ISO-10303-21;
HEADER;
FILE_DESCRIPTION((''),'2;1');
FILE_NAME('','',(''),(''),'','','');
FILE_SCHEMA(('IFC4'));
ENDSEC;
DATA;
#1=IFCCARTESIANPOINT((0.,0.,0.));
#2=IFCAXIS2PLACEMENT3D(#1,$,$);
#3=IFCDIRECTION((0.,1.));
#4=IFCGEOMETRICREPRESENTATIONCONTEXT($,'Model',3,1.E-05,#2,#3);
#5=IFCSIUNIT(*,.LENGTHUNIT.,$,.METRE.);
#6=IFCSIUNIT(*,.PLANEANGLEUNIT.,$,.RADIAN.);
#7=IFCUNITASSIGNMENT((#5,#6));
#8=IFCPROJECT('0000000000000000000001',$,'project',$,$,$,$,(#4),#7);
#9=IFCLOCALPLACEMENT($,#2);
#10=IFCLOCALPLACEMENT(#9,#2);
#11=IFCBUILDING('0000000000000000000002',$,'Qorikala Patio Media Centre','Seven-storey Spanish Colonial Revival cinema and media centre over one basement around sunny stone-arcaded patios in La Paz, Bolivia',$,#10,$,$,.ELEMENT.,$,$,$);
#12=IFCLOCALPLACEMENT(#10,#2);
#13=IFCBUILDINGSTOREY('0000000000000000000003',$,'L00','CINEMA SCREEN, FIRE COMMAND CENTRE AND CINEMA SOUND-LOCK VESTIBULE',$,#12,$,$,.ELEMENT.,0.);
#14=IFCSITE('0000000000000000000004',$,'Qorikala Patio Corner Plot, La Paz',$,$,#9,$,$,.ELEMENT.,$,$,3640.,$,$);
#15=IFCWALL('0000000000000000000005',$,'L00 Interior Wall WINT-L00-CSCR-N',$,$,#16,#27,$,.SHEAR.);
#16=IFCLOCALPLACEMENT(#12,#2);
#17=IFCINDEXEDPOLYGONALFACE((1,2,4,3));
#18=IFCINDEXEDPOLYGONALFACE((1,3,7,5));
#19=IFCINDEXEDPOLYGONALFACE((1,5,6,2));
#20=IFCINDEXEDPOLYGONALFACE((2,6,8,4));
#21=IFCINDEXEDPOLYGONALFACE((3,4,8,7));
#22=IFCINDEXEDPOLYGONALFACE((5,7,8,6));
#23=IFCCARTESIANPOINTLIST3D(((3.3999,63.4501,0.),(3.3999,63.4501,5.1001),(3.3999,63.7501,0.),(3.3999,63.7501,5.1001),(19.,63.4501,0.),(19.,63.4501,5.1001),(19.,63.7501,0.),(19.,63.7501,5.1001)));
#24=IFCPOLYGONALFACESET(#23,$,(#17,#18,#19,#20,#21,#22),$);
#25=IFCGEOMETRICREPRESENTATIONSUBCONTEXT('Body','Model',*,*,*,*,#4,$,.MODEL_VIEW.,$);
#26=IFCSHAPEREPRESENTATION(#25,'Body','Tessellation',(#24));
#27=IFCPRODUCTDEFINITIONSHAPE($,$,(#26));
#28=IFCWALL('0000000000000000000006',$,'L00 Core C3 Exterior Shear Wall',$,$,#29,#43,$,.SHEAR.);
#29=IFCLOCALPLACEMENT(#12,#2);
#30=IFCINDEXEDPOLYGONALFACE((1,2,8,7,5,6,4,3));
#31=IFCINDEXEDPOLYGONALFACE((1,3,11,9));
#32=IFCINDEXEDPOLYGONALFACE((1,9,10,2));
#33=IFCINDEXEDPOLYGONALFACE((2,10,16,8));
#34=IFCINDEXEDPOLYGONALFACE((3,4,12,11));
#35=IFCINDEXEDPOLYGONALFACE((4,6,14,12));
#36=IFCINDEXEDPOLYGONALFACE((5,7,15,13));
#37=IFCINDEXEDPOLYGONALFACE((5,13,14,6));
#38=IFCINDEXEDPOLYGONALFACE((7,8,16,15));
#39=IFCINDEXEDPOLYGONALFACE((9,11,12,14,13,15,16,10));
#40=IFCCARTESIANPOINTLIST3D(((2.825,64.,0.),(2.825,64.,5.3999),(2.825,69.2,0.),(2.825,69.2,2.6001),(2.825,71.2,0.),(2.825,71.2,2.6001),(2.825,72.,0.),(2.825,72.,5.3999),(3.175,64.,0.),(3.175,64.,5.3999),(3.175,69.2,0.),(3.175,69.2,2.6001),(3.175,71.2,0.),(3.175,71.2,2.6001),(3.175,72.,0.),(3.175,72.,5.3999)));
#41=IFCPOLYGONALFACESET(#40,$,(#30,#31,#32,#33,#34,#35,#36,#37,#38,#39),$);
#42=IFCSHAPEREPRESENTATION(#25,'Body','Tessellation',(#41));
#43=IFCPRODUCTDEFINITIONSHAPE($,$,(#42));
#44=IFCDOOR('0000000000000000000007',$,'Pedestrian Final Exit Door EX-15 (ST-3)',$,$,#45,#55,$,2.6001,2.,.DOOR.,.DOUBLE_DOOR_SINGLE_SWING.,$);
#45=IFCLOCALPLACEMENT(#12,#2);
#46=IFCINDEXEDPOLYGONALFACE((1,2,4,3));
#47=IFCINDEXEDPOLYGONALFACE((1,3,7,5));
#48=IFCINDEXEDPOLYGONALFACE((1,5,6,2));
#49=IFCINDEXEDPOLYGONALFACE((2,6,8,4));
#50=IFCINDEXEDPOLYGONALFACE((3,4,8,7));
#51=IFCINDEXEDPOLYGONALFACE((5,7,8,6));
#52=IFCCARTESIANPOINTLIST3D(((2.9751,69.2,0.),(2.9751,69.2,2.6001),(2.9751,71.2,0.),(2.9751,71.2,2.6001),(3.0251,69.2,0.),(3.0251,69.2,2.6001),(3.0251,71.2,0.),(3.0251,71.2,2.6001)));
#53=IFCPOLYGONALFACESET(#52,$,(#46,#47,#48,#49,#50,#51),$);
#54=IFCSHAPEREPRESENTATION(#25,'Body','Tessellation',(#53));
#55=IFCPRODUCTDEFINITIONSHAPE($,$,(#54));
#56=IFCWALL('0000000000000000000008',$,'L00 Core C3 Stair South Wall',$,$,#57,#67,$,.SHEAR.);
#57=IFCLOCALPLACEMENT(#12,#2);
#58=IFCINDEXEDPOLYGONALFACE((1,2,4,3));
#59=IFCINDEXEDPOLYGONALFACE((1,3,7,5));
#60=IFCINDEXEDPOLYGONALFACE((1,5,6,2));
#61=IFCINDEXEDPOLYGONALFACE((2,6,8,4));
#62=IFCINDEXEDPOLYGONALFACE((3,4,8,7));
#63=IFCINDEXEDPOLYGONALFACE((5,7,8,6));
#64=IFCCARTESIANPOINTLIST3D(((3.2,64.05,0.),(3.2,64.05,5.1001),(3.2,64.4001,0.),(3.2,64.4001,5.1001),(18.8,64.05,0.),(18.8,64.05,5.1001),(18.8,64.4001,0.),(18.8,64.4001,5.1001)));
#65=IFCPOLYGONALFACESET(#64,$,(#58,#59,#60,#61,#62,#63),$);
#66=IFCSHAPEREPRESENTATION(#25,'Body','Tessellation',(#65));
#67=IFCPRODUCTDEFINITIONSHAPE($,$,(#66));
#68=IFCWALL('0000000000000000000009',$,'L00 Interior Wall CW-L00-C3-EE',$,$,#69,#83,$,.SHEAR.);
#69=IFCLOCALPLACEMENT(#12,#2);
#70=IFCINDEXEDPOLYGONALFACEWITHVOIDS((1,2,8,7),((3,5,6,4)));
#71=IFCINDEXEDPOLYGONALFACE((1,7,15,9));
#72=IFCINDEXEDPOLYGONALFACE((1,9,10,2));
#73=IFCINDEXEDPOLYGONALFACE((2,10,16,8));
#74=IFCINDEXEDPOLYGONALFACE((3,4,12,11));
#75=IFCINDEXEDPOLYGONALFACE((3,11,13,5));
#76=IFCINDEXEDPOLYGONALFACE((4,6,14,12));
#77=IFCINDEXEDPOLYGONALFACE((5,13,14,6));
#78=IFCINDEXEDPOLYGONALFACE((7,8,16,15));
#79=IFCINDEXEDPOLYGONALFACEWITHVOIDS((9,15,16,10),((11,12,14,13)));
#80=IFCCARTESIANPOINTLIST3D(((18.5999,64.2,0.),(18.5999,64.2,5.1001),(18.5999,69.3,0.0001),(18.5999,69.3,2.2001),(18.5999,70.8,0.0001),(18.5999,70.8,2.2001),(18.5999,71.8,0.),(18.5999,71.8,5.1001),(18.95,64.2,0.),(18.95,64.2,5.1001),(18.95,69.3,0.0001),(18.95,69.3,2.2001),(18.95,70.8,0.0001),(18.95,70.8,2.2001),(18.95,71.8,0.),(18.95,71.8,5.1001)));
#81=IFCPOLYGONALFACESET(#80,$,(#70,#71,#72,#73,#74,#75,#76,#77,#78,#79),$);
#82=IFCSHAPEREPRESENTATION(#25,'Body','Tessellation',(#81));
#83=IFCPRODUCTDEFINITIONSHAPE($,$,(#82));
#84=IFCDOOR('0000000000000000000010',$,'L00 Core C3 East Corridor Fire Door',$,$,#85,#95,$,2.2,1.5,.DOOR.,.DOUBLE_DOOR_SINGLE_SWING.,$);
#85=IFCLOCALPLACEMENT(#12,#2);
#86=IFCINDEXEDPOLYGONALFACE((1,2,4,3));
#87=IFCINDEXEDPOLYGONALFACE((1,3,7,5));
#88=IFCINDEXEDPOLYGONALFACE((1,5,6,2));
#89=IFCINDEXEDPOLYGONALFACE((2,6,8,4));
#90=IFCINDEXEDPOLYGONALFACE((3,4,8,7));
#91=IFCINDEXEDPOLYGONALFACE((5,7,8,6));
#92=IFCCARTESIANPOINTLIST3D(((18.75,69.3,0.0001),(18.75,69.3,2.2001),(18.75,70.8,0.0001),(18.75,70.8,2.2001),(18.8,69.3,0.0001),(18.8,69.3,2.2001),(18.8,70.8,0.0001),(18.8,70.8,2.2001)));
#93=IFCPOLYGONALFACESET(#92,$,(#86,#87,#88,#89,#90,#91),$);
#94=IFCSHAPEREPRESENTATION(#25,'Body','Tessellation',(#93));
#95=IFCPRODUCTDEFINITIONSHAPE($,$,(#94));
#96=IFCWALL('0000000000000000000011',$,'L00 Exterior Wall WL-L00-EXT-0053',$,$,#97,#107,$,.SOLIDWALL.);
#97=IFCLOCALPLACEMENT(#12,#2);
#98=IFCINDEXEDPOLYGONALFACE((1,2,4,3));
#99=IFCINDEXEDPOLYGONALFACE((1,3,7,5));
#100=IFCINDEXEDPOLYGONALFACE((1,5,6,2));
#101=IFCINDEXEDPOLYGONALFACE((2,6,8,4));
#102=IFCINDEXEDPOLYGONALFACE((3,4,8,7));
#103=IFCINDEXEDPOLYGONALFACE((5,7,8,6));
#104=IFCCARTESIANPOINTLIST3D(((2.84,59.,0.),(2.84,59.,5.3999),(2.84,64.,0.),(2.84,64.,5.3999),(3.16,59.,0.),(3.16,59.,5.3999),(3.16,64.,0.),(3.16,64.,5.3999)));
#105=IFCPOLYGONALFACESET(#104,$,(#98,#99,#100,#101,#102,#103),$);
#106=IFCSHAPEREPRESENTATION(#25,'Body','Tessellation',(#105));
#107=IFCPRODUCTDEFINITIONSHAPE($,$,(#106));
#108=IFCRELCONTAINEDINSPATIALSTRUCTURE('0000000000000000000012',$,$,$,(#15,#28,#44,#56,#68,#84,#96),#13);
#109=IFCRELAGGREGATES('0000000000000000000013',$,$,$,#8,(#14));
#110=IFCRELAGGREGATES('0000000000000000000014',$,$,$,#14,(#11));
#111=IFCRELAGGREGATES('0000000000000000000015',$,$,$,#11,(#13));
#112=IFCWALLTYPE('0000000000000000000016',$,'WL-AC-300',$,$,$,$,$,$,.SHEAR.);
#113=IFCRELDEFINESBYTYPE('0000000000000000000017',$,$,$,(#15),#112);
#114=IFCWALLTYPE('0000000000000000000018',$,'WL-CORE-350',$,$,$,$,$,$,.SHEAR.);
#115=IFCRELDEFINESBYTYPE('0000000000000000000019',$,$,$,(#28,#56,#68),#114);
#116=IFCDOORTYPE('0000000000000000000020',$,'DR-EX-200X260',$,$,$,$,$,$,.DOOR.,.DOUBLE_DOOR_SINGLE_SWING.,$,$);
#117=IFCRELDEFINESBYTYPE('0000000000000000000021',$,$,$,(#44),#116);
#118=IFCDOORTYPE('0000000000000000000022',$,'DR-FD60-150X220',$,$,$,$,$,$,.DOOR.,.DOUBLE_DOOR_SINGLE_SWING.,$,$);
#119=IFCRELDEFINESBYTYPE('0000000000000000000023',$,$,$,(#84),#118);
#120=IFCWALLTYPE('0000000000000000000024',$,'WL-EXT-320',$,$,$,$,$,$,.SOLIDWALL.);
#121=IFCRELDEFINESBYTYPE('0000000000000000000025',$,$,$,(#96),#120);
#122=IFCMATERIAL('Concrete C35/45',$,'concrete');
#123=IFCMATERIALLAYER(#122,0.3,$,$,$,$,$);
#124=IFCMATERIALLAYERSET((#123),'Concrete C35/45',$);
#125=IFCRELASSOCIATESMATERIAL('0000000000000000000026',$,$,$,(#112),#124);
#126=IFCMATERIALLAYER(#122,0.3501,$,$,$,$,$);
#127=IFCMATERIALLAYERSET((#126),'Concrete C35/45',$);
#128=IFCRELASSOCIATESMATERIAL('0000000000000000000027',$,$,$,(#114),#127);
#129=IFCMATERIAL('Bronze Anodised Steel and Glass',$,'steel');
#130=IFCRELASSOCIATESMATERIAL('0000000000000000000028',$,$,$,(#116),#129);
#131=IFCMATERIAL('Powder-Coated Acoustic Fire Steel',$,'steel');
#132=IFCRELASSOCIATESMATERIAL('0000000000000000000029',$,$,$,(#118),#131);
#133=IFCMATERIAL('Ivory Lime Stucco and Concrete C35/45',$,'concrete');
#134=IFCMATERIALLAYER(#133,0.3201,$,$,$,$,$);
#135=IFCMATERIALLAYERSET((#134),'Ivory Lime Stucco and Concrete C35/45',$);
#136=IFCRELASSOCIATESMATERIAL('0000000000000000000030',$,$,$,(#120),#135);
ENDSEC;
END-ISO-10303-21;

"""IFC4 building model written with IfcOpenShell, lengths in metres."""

from ifc_helpers import new_model, si_unit, direction, frame, frame_2d, origin, place, context, subcontext, project, spatial, rectangle, extrude, material, layer, layer_set, type_object, element, fill, save


model = new_model("IFC4")

# Units and contexts
model_context = context("Model", 3, precision=1e-05, world=origin(), true_north=direction((0.0, 1.0)))
body_context = subcontext(model_context, "Body", "Model", "MODEL_VIEW")
ifc_project = project(units=[si_unit("LENGTHUNIT", "METRE"), si_unit("PLANEANGLEUNIT", "RADIAN")], contexts=[model_context])

# Site, building, storey
site_placement = place(None, origin())
site = spatial("IfcSite", under=ifc_project, at=site_placement, Name="Qorikala Patio Corner Plot, La Paz", CompositionType="ELEMENT", RefElevation=3640.0)
building_placement = place(site_placement, origin())
building = spatial("IfcBuilding", under=site, at=building_placement, Name="Qorikala Patio Media Centre", Description="Seven-storey Spanish Colonial Revival cinema and media centre over one basement around sunny stone-arcaded patios in La Paz, Bolivia", CompositionType="ELEMENT")
storey_placement = place(building_placement, origin())
storey = spatial("IfcBuildingStorey", under=building, at=storey_placement, Name="L00", Description="CINEMA SCREEN, FIRE COMMAND CENTRE AND CINEMA SOUND-LOCK VESTIBULE", CompositionType="ELEMENT", Elevation=0.0)

# Shared definitions
ifc_material_1 = material(Name="Concrete C35/45", Category="concrete")

# Wall
ifc_layer_1 = layer(ifc_material_1, 0.3)
ifc_layer_set_1 = layer_set([ifc_layer_1], Name="Concrete C35/45")
wall_type_1 = type_object("IfcWallType", Name="WL-AC-300", PredefinedType="SHEAR", material=ifc_layer_set_1)
wall_1_placement = place(storey_placement, frame((3.3999, 63.6001, 0.0), z_axis=(0.0, 0.0, 1.0), x_axis=(1.0, 0.0, 0.0)))
element("IfcWall", 1, at=wall_1_placement, inside=storey, type_object=wall_type_1, Name="L00 Interior Wall WINT-L00-CSCR-N", PredefinedType="SHEAR", context=body_context, shape_type="SweptSolid", body=[
    extrude(rectangle(XDim=15.6001, YDim=0.3, at=frame_2d((7.8, 0.0))), origin(), (0.0, 0.0, 1.0), 5.1001),
])

# Wall, opening, door
ifc_layer_2 = layer(ifc_material_1, 0.3501)
ifc_layer_set_2 = layer_set([ifc_layer_2], Name="Concrete C35/45")
wall_type_2 = type_object("IfcWallType", Name="WL-CORE-350", PredefinedType="SHEAR", material=ifc_layer_set_2)
wall_2_placement = place(storey_placement, frame((3.0, 64.0, 0.0), z_axis=(0.0, 0.0, 1.0), x_axis=(0.0, 1.0, 0.0)))
wall_2 = element("IfcWall", 2, at=wall_2_placement, inside=storey, type_object=wall_type_2, Name="L00 Core C3 Exterior Shear Wall", PredefinedType="SHEAR", context=body_context, shape_type="SweptSolid", body=[
    extrude(rectangle(XDim=8.0, YDim=0.3501, at=frame_2d((4.0, 0.0))), origin(), (0.0, 0.0, 1.0), 5.3999),
])
opening_1_placement = place(wall_2_placement, frame((5.2, 0.0, 0.0)))
opening_1 = element("IfcOpeningElement", 3, at=opening_1_placement, cuts=wall_2, PredefinedType="OPENING", context=body_context, shape_type="SweptSolid", body=[
    extrude(rectangle(XDim=2.0, YDim=2.6001, at=frame_2d((1.0, 1.3))), frame((0.0, 0.1851, 0.0), z_axis=(0.0, -1.0, 0.0), x_axis=(1.0, 0.0, 0.0)), (0.0, 0.0, 1.0), 0.3701),
])
ifc_material_2 = material(Name="Bronze Anodised Steel and Glass", Category="steel")
door_type_1 = type_object("IfcDoorType", Name="DR-EX-200X260", OperationType="DOUBLE_DOOR_SINGLE_SWING", PredefinedType="DOOR", material=ifc_material_2)
door_1_placement = place(opening_1_placement, origin())
door_1 = element("IfcDoor", 4, at=door_1_placement, inside=storey, type_object=door_type_1, Name="Pedestrian Final Exit Door EX-15 (ST-3)", OperationType="DOUBLE_DOOR_SINGLE_SWING", OverallHeight=2.6001, OverallWidth=2.0, PredefinedType="DOOR", context=body_context, shape_type="SweptSolid", body=[
    extrude(rectangle(XDim=2.0, YDim=2.6001, at=frame_2d((1.0, 1.3))), frame((0.0, 0.0249, 0.0), z_axis=(0.0, -1.0, 0.0), x_axis=(1.0, 0.0, 0.0)), (0.0, 0.0, 1.0), 0.05),
])
fill(opening_1, door_1)

# Wall
wall_3_placement = place(storey_placement, frame((3.2, 64.2251, 0.0), z_axis=(0.0, 0.0, 1.0), x_axis=(1.0, 0.0, 0.0)))
element("IfcWall", 5, at=wall_3_placement, inside=storey, type_object=wall_type_2, Name="L00 Core C3 Stair South Wall", PredefinedType="SHEAR", context=body_context, shape_type="SweptSolid", body=[
    extrude(rectangle(XDim=15.6001, YDim=0.3501, at=frame_2d((7.8, 0.0))), origin(), (0.0, 0.0, 1.0), 5.1001),
])

# Wall, opening, door
wall_4_placement = place(storey_placement, frame((18.7749, 64.2, 0.0), z_axis=(0.0, 0.0, 1.0), x_axis=(0.0, 1.0, 0.0)))
wall_4 = element("IfcWall", 6, at=wall_4_placement, inside=storey, type_object=wall_type_2, Name="L00 Interior Wall CW-L00-C3-EE", PredefinedType="SHEAR", context=body_context, shape_type="SweptSolid", body=[
    extrude(rectangle(XDim=7.6001, YDim=0.3501, at=frame_2d((3.8, 0.0))), origin(), (0.0, 0.0, 1.0), 5.1001),
])
opening_2_placement = place(wall_4_placement, frame((5.1001, 0.0, 0.0)))
opening_2 = element("IfcOpeningElement", 7, at=opening_2_placement, cuts=wall_4, PredefinedType="OPENING", context=body_context, shape_type="SweptSolid", body=[
    extrude(rectangle(XDim=1.5, YDim=2.2, at=frame_2d((0.75, 1.1001))), frame((0.0, 0.1851, 0.0), z_axis=(0.0, -1.0, 0.0), x_axis=(1.0, 0.0, 0.0)), (0.0, 0.0, 1.0), 0.3701),
])
ifc_material_3 = material(Name="Powder-Coated Acoustic Fire Steel", Category="steel")
door_type_2 = type_object("IfcDoorType", Name="DR-FD60-150X220", OperationType="DOUBLE_DOOR_SINGLE_SWING", PredefinedType="DOOR", material=ifc_material_3)
door_2_placement = place(opening_2_placement, origin())
door_2 = element("IfcDoor", 8, at=door_2_placement, inside=storey, type_object=door_type_2, Name="L00 Core C3 East Corridor Fire Door", OperationType="DOUBLE_DOOR_SINGLE_SWING", OverallHeight=2.2, OverallWidth=1.5, PredefinedType="DOOR", context=body_context, shape_type="SweptSolid", body=[
    extrude(rectangle(XDim=1.5, YDim=2.2, at=frame_2d((0.75, 1.1001))), frame((0.0, 0.0249, 0.0), z_axis=(0.0, -1.0, 0.0), x_axis=(1.0, 0.0, 0.0)), (0.0, 0.0, 1.0), 0.05),
])
fill(opening_2, door_2)

# Wall
ifc_material_4 = material(Name="Ivory Lime Stucco and Concrete C35/45", Category="concrete")
ifc_layer_3 = layer(ifc_material_4, 0.3201)
ifc_layer_set_3 = layer_set([ifc_layer_3], Name="Ivory Lime Stucco and Concrete C35/45")
wall_type_3 = type_object("IfcWallType", Name="WL-EXT-320", PredefinedType="SOLIDWALL", material=ifc_layer_set_3)
wall_5_placement = place(storey_placement, frame((3.0, 59.0, 0.0), z_axis=(0.0, 0.0, 1.0), x_axis=(0.0, 1.0, 0.0)))
element("IfcWall", 9, at=wall_5_placement, inside=storey, type_object=wall_type_3, Name="L00 Exterior Wall WL-L00-EXT-0053", PredefinedType="SOLIDWALL", context=body_context, shape_type="SweptSolid", body=[
    extrude(rectangle(XDim=5.0, YDim=0.3201, at=frame_2d((2.5, 0.0))), origin(), (0.0, 0.0, 1.0), 5.3999),
])

save(model, "model.ifc")
